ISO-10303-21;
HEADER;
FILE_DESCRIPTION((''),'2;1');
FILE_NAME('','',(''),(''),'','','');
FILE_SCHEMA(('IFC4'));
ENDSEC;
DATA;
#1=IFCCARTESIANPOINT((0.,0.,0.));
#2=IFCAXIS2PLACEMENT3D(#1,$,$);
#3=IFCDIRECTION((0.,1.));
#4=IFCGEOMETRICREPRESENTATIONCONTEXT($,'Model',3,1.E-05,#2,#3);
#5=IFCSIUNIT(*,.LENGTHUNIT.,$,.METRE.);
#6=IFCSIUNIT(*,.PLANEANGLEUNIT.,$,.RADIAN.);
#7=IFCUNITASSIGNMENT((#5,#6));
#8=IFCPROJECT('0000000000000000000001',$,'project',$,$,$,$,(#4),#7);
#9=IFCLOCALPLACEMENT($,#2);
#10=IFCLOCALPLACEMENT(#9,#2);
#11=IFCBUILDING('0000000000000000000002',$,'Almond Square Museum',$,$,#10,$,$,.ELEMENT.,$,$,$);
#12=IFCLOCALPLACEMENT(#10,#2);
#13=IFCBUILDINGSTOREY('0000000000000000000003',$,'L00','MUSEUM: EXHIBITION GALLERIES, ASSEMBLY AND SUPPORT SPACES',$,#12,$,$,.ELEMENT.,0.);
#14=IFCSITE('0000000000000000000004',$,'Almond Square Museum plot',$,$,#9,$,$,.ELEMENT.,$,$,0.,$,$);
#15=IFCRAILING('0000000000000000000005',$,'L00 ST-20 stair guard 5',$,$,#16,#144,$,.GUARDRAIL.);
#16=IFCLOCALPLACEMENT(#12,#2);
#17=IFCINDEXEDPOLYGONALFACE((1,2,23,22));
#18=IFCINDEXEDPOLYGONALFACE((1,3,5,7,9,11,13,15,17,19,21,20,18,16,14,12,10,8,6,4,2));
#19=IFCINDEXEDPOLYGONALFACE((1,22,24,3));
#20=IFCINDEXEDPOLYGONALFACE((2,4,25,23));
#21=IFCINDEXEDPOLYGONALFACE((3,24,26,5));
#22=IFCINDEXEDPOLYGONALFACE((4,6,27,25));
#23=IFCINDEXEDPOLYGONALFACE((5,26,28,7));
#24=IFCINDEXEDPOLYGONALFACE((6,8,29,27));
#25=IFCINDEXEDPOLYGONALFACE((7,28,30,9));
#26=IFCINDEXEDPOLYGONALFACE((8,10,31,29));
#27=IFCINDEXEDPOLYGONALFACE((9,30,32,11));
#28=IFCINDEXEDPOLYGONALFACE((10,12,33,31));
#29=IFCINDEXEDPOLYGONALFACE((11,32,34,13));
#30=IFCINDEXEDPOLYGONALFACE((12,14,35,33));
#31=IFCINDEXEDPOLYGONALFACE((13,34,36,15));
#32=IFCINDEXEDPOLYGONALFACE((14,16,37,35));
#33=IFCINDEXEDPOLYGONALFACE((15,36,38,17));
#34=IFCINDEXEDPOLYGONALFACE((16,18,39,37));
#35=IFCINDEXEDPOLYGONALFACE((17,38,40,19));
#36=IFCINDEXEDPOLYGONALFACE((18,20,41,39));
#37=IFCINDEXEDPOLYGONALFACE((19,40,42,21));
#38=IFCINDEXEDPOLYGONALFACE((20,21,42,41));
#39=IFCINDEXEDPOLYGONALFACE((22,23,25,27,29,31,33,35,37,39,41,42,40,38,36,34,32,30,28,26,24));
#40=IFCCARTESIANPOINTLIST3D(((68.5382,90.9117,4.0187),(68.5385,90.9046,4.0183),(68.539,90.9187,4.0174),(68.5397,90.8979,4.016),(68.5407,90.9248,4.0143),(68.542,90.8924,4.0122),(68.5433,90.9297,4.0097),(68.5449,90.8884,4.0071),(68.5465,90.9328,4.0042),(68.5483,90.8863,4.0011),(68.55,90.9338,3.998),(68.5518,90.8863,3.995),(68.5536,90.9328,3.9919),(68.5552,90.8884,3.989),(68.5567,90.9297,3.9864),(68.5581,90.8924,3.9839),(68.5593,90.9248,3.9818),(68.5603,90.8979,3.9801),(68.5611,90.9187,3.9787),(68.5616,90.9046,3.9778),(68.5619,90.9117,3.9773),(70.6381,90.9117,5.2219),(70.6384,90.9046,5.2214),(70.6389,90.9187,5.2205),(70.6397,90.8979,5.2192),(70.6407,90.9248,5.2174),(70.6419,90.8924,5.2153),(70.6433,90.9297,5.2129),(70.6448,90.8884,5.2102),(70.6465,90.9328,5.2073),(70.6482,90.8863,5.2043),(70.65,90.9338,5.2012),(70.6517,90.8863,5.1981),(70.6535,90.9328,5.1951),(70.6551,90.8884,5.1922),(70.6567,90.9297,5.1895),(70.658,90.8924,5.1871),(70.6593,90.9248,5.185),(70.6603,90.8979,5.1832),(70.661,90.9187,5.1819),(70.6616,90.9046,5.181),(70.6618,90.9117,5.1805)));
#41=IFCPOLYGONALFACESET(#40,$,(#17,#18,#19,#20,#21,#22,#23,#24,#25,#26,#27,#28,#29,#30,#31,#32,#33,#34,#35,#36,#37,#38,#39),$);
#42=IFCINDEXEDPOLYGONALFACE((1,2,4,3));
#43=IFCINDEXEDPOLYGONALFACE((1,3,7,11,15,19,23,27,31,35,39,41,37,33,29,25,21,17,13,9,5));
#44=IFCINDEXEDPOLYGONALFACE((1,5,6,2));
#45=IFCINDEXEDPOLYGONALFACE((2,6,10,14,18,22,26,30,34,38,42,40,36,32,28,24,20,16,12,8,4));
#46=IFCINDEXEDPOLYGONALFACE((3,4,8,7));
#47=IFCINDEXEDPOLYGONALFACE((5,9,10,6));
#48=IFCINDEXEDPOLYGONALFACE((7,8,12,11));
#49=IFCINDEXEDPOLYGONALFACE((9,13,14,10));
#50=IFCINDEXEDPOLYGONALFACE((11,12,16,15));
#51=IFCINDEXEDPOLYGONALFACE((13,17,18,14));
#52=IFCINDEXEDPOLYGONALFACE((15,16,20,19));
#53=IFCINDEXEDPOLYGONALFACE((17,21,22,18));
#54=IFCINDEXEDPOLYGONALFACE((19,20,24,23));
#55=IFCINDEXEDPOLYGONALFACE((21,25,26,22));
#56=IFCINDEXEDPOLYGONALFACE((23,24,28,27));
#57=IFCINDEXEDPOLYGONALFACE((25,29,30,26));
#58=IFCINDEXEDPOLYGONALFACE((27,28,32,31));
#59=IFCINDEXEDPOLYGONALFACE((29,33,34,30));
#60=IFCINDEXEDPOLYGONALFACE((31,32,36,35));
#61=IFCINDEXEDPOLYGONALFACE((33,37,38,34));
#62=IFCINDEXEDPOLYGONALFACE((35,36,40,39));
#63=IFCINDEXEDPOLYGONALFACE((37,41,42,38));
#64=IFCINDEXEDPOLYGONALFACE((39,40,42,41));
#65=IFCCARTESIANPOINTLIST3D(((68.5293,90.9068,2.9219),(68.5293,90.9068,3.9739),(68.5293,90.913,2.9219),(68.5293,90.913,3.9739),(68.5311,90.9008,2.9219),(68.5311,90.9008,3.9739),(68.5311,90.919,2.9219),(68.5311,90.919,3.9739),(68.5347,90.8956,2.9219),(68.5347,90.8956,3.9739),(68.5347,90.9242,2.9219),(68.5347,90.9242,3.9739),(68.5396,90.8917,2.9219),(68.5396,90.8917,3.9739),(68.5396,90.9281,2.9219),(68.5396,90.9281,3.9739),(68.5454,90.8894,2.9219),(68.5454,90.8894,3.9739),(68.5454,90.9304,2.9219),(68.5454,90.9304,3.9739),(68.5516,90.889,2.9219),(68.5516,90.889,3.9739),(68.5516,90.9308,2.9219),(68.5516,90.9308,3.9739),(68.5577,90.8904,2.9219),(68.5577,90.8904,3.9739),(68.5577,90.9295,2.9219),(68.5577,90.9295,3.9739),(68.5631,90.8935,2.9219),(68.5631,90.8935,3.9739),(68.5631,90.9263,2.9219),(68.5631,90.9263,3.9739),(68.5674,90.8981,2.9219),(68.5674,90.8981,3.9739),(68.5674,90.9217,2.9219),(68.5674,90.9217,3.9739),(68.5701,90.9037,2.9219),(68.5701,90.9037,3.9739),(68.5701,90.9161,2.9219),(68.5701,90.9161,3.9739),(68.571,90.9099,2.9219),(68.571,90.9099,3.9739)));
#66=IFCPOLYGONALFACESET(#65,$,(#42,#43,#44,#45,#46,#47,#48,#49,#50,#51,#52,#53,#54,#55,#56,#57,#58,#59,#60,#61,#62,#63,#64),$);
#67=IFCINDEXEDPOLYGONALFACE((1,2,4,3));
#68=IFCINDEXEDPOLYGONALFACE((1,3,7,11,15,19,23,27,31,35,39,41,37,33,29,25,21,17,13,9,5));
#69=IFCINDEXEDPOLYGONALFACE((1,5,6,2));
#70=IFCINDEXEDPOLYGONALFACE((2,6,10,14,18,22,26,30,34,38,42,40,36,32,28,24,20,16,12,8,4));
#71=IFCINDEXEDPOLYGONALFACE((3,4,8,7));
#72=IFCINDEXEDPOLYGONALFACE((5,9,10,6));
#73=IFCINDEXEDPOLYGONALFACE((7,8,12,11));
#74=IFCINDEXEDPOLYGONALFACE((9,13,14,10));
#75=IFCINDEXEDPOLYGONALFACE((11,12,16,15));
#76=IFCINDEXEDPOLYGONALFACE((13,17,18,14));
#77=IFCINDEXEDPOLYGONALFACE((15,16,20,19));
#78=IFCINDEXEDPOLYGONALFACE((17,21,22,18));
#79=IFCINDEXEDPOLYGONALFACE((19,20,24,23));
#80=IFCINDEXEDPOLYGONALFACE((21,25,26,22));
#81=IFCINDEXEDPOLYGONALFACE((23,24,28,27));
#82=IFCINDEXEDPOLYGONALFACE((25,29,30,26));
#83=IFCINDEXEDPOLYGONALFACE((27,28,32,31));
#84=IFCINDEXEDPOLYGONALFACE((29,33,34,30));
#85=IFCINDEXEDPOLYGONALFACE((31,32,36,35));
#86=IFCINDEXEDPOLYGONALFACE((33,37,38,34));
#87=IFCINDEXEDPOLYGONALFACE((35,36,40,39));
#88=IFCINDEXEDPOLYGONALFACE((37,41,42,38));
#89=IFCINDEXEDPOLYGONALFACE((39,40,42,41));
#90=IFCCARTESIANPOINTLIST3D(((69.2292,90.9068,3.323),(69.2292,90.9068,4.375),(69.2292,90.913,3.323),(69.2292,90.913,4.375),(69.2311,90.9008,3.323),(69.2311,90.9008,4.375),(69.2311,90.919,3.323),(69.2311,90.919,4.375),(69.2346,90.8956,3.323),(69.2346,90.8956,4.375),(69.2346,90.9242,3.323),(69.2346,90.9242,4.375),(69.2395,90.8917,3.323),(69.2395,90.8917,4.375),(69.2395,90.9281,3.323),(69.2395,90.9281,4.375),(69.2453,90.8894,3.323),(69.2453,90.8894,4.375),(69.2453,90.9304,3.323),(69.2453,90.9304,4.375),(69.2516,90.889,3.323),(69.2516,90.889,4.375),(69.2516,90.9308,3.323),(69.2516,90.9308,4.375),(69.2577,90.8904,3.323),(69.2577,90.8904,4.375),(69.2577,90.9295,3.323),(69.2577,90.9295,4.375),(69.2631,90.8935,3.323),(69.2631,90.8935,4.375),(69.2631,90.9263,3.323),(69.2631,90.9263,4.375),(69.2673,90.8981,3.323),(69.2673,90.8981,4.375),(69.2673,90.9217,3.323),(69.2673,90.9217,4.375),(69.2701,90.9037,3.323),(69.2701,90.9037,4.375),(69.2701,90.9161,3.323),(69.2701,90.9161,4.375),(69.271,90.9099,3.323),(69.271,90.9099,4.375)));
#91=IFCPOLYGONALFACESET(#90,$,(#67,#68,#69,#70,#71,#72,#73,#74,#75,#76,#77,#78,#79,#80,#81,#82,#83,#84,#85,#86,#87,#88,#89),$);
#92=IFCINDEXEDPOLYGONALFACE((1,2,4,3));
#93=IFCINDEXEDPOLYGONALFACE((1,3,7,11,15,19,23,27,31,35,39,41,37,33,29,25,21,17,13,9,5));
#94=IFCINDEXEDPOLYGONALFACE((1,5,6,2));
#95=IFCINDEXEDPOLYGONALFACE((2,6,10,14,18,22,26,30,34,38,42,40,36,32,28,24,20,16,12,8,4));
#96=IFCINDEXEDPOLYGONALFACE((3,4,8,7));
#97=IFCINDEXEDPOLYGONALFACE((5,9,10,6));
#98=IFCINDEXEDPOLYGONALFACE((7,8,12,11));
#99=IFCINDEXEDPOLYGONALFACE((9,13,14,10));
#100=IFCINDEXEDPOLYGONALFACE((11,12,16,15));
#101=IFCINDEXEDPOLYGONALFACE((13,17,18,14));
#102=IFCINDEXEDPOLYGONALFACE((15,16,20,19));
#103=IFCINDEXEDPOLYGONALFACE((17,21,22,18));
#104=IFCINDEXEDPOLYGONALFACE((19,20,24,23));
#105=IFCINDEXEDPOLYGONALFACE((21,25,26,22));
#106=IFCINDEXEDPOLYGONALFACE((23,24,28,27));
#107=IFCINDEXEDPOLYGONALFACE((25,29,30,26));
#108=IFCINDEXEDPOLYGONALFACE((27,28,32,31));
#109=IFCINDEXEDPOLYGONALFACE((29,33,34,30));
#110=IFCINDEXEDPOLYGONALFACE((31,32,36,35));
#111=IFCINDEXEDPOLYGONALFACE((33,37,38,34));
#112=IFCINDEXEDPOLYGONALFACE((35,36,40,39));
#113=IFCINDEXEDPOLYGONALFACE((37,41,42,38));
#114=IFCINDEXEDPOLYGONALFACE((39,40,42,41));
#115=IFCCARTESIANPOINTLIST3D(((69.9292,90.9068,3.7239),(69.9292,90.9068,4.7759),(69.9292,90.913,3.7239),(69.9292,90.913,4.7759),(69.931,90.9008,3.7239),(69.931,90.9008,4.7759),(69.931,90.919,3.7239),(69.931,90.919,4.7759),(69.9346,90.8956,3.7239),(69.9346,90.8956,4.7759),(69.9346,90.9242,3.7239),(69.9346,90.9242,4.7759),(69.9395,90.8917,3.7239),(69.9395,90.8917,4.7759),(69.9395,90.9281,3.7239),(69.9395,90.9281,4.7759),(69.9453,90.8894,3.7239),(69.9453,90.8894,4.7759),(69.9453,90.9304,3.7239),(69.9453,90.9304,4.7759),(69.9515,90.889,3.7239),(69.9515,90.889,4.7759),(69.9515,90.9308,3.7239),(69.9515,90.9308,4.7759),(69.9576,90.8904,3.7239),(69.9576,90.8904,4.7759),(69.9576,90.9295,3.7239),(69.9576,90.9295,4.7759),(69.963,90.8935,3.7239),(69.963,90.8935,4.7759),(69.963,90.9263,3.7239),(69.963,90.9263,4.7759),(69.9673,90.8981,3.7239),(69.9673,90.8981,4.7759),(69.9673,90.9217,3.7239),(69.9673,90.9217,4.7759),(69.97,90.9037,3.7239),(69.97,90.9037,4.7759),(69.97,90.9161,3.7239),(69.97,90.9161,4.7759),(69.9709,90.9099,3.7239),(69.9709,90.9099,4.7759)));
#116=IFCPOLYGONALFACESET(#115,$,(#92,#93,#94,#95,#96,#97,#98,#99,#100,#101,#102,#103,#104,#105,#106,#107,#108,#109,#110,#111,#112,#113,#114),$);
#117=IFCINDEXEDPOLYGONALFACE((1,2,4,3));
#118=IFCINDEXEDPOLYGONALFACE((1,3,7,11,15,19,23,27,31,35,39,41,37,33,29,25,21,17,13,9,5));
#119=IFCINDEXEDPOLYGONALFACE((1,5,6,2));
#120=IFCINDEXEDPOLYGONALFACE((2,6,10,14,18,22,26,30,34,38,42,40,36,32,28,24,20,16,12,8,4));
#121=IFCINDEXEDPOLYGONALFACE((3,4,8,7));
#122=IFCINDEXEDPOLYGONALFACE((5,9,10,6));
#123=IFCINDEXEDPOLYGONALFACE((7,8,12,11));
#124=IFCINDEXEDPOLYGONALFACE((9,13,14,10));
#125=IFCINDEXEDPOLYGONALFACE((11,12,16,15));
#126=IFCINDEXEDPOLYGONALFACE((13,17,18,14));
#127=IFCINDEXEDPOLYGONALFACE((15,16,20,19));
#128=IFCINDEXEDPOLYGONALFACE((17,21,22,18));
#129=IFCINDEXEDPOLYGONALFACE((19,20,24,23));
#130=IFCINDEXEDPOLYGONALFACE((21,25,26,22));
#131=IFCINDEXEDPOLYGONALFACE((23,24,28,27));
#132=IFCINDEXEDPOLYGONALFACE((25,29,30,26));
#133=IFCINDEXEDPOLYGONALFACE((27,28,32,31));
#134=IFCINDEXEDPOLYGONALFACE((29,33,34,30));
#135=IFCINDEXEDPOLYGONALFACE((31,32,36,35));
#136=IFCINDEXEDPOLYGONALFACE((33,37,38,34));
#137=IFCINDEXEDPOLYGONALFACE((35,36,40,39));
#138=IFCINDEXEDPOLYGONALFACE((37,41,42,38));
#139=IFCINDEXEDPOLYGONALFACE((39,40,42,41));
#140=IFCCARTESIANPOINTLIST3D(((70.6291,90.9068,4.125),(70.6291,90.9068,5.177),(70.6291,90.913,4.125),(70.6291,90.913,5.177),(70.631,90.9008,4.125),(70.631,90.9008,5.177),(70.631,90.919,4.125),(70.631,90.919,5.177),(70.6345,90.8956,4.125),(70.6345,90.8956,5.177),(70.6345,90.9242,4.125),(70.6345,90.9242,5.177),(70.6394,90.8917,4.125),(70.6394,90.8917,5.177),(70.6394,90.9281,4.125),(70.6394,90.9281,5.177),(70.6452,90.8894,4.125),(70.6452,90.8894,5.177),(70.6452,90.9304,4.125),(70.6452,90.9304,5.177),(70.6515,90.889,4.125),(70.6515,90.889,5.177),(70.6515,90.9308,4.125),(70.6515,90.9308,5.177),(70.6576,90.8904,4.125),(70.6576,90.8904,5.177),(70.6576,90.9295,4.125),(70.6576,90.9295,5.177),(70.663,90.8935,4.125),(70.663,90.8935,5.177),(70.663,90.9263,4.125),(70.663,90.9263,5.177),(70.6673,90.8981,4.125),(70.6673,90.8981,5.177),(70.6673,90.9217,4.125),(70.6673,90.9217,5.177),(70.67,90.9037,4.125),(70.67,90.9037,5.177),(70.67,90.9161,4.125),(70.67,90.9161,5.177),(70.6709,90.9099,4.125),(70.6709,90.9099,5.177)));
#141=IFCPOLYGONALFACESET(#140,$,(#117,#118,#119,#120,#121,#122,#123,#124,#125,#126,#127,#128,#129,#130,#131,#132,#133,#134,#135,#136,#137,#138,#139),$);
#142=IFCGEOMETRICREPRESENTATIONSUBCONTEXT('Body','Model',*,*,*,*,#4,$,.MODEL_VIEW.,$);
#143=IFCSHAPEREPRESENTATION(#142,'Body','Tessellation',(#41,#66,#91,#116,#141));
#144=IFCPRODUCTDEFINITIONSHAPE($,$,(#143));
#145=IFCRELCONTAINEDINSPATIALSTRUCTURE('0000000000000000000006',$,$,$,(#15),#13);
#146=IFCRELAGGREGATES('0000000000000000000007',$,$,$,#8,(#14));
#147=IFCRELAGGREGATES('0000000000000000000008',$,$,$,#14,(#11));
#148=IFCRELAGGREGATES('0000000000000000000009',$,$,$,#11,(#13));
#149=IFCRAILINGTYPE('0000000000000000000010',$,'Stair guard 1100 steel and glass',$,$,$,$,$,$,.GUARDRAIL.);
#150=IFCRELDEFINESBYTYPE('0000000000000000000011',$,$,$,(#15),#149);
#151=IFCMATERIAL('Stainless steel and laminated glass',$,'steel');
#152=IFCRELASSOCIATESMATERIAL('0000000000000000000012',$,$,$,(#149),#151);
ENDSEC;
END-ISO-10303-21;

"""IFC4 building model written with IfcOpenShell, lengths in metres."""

from ifc_helpers import new_model, si_unit, direction, frame, origin, origin_2d, place, context, subcontext, project, spatial, circle, extrude, material, type_object, element, save


model = new_model("IFC4")

# Units and contexts
model_context = context("Model", 3, precision=1e-05, world=origin(), true_north=direction((0.0, 1.0)))
body_context = subcontext(model_context, "Body", "Model", "MODEL_VIEW")
ifc_project = project(units=[si_unit("LENGTHUNIT", "METRE"), si_unit("PLANEANGLEUNIT", "RADIAN")], contexts=[model_context])

# Site, building, storey
site_placement = place(None, origin())
site = spatial("IfcSite", under=ifc_project, at=site_placement, Name="Almond Square Museum plot", CompositionType="ELEMENT", RefElevation=0.0)
building_placement = place(site_placement, origin())
building = spatial("IfcBuilding", under=site, at=building_placement, Name="Almond Square Museum", CompositionType="ELEMENT")
storey_placement = place(building_placement, origin())
storey = spatial("IfcBuildingStorey", under=building, at=storey_placement, Name="L00", Description="MUSEUM: EXHIBITION GALLERIES, ASSEMBLY AND SUPPORT SPACES", CompositionType="ELEMENT", Elevation=0.0)

# Railing
ifc_material_1 = material(Name="Stainless steel and laminated glass", Category="steel")
railing_type_1 = type_object("IfcRailingType", Name="Stair guard 1100 steel and glass", PredefinedType="GUARDRAIL", material=ifc_material_1)
railing_1_placement = place(storey_placement, frame((68.55, 90.9099, 2.9219)))
element("IfcRailing", 1, at=railing_1_placement, inside=storey, type_object=railing_type_1, Name="L00 ST-20 stair guard 5", PredefinedType="GUARDRAIL", context=body_context, shape_type="SweptSolid", body=[
    extrude(circle(Radius=0.0239, at=origin_2d()), frame((0.0, 0.0, 1.0762), z_axis=(0.867671, 0.0, 0.497138), x_axis=(0.0, 1.0, 0.0)), (0.0, 0.0, 1.0), 2.4202),
    extrude(circle(Radius=0.021, at=origin_2d()), origin(), (0.0, 0.0, 1.0), 1.052),
    extrude(circle(Radius=0.021, at=origin_2d()), frame((0.7, 0.0, 0.4011)), (0.0, 0.0, 1.0), 1.052),
    extrude(circle(Radius=0.021, at=origin_2d()), frame((1.3999, 0.0, 0.802)), (0.0, 0.0, 1.0), 1.052),
    extrude(circle(Radius=0.021, at=origin_2d()), frame((2.0999, 0.0, 1.2031)), (0.0, 0.0, 1.0), 1.052),
])

save(model, "model.ifc")
